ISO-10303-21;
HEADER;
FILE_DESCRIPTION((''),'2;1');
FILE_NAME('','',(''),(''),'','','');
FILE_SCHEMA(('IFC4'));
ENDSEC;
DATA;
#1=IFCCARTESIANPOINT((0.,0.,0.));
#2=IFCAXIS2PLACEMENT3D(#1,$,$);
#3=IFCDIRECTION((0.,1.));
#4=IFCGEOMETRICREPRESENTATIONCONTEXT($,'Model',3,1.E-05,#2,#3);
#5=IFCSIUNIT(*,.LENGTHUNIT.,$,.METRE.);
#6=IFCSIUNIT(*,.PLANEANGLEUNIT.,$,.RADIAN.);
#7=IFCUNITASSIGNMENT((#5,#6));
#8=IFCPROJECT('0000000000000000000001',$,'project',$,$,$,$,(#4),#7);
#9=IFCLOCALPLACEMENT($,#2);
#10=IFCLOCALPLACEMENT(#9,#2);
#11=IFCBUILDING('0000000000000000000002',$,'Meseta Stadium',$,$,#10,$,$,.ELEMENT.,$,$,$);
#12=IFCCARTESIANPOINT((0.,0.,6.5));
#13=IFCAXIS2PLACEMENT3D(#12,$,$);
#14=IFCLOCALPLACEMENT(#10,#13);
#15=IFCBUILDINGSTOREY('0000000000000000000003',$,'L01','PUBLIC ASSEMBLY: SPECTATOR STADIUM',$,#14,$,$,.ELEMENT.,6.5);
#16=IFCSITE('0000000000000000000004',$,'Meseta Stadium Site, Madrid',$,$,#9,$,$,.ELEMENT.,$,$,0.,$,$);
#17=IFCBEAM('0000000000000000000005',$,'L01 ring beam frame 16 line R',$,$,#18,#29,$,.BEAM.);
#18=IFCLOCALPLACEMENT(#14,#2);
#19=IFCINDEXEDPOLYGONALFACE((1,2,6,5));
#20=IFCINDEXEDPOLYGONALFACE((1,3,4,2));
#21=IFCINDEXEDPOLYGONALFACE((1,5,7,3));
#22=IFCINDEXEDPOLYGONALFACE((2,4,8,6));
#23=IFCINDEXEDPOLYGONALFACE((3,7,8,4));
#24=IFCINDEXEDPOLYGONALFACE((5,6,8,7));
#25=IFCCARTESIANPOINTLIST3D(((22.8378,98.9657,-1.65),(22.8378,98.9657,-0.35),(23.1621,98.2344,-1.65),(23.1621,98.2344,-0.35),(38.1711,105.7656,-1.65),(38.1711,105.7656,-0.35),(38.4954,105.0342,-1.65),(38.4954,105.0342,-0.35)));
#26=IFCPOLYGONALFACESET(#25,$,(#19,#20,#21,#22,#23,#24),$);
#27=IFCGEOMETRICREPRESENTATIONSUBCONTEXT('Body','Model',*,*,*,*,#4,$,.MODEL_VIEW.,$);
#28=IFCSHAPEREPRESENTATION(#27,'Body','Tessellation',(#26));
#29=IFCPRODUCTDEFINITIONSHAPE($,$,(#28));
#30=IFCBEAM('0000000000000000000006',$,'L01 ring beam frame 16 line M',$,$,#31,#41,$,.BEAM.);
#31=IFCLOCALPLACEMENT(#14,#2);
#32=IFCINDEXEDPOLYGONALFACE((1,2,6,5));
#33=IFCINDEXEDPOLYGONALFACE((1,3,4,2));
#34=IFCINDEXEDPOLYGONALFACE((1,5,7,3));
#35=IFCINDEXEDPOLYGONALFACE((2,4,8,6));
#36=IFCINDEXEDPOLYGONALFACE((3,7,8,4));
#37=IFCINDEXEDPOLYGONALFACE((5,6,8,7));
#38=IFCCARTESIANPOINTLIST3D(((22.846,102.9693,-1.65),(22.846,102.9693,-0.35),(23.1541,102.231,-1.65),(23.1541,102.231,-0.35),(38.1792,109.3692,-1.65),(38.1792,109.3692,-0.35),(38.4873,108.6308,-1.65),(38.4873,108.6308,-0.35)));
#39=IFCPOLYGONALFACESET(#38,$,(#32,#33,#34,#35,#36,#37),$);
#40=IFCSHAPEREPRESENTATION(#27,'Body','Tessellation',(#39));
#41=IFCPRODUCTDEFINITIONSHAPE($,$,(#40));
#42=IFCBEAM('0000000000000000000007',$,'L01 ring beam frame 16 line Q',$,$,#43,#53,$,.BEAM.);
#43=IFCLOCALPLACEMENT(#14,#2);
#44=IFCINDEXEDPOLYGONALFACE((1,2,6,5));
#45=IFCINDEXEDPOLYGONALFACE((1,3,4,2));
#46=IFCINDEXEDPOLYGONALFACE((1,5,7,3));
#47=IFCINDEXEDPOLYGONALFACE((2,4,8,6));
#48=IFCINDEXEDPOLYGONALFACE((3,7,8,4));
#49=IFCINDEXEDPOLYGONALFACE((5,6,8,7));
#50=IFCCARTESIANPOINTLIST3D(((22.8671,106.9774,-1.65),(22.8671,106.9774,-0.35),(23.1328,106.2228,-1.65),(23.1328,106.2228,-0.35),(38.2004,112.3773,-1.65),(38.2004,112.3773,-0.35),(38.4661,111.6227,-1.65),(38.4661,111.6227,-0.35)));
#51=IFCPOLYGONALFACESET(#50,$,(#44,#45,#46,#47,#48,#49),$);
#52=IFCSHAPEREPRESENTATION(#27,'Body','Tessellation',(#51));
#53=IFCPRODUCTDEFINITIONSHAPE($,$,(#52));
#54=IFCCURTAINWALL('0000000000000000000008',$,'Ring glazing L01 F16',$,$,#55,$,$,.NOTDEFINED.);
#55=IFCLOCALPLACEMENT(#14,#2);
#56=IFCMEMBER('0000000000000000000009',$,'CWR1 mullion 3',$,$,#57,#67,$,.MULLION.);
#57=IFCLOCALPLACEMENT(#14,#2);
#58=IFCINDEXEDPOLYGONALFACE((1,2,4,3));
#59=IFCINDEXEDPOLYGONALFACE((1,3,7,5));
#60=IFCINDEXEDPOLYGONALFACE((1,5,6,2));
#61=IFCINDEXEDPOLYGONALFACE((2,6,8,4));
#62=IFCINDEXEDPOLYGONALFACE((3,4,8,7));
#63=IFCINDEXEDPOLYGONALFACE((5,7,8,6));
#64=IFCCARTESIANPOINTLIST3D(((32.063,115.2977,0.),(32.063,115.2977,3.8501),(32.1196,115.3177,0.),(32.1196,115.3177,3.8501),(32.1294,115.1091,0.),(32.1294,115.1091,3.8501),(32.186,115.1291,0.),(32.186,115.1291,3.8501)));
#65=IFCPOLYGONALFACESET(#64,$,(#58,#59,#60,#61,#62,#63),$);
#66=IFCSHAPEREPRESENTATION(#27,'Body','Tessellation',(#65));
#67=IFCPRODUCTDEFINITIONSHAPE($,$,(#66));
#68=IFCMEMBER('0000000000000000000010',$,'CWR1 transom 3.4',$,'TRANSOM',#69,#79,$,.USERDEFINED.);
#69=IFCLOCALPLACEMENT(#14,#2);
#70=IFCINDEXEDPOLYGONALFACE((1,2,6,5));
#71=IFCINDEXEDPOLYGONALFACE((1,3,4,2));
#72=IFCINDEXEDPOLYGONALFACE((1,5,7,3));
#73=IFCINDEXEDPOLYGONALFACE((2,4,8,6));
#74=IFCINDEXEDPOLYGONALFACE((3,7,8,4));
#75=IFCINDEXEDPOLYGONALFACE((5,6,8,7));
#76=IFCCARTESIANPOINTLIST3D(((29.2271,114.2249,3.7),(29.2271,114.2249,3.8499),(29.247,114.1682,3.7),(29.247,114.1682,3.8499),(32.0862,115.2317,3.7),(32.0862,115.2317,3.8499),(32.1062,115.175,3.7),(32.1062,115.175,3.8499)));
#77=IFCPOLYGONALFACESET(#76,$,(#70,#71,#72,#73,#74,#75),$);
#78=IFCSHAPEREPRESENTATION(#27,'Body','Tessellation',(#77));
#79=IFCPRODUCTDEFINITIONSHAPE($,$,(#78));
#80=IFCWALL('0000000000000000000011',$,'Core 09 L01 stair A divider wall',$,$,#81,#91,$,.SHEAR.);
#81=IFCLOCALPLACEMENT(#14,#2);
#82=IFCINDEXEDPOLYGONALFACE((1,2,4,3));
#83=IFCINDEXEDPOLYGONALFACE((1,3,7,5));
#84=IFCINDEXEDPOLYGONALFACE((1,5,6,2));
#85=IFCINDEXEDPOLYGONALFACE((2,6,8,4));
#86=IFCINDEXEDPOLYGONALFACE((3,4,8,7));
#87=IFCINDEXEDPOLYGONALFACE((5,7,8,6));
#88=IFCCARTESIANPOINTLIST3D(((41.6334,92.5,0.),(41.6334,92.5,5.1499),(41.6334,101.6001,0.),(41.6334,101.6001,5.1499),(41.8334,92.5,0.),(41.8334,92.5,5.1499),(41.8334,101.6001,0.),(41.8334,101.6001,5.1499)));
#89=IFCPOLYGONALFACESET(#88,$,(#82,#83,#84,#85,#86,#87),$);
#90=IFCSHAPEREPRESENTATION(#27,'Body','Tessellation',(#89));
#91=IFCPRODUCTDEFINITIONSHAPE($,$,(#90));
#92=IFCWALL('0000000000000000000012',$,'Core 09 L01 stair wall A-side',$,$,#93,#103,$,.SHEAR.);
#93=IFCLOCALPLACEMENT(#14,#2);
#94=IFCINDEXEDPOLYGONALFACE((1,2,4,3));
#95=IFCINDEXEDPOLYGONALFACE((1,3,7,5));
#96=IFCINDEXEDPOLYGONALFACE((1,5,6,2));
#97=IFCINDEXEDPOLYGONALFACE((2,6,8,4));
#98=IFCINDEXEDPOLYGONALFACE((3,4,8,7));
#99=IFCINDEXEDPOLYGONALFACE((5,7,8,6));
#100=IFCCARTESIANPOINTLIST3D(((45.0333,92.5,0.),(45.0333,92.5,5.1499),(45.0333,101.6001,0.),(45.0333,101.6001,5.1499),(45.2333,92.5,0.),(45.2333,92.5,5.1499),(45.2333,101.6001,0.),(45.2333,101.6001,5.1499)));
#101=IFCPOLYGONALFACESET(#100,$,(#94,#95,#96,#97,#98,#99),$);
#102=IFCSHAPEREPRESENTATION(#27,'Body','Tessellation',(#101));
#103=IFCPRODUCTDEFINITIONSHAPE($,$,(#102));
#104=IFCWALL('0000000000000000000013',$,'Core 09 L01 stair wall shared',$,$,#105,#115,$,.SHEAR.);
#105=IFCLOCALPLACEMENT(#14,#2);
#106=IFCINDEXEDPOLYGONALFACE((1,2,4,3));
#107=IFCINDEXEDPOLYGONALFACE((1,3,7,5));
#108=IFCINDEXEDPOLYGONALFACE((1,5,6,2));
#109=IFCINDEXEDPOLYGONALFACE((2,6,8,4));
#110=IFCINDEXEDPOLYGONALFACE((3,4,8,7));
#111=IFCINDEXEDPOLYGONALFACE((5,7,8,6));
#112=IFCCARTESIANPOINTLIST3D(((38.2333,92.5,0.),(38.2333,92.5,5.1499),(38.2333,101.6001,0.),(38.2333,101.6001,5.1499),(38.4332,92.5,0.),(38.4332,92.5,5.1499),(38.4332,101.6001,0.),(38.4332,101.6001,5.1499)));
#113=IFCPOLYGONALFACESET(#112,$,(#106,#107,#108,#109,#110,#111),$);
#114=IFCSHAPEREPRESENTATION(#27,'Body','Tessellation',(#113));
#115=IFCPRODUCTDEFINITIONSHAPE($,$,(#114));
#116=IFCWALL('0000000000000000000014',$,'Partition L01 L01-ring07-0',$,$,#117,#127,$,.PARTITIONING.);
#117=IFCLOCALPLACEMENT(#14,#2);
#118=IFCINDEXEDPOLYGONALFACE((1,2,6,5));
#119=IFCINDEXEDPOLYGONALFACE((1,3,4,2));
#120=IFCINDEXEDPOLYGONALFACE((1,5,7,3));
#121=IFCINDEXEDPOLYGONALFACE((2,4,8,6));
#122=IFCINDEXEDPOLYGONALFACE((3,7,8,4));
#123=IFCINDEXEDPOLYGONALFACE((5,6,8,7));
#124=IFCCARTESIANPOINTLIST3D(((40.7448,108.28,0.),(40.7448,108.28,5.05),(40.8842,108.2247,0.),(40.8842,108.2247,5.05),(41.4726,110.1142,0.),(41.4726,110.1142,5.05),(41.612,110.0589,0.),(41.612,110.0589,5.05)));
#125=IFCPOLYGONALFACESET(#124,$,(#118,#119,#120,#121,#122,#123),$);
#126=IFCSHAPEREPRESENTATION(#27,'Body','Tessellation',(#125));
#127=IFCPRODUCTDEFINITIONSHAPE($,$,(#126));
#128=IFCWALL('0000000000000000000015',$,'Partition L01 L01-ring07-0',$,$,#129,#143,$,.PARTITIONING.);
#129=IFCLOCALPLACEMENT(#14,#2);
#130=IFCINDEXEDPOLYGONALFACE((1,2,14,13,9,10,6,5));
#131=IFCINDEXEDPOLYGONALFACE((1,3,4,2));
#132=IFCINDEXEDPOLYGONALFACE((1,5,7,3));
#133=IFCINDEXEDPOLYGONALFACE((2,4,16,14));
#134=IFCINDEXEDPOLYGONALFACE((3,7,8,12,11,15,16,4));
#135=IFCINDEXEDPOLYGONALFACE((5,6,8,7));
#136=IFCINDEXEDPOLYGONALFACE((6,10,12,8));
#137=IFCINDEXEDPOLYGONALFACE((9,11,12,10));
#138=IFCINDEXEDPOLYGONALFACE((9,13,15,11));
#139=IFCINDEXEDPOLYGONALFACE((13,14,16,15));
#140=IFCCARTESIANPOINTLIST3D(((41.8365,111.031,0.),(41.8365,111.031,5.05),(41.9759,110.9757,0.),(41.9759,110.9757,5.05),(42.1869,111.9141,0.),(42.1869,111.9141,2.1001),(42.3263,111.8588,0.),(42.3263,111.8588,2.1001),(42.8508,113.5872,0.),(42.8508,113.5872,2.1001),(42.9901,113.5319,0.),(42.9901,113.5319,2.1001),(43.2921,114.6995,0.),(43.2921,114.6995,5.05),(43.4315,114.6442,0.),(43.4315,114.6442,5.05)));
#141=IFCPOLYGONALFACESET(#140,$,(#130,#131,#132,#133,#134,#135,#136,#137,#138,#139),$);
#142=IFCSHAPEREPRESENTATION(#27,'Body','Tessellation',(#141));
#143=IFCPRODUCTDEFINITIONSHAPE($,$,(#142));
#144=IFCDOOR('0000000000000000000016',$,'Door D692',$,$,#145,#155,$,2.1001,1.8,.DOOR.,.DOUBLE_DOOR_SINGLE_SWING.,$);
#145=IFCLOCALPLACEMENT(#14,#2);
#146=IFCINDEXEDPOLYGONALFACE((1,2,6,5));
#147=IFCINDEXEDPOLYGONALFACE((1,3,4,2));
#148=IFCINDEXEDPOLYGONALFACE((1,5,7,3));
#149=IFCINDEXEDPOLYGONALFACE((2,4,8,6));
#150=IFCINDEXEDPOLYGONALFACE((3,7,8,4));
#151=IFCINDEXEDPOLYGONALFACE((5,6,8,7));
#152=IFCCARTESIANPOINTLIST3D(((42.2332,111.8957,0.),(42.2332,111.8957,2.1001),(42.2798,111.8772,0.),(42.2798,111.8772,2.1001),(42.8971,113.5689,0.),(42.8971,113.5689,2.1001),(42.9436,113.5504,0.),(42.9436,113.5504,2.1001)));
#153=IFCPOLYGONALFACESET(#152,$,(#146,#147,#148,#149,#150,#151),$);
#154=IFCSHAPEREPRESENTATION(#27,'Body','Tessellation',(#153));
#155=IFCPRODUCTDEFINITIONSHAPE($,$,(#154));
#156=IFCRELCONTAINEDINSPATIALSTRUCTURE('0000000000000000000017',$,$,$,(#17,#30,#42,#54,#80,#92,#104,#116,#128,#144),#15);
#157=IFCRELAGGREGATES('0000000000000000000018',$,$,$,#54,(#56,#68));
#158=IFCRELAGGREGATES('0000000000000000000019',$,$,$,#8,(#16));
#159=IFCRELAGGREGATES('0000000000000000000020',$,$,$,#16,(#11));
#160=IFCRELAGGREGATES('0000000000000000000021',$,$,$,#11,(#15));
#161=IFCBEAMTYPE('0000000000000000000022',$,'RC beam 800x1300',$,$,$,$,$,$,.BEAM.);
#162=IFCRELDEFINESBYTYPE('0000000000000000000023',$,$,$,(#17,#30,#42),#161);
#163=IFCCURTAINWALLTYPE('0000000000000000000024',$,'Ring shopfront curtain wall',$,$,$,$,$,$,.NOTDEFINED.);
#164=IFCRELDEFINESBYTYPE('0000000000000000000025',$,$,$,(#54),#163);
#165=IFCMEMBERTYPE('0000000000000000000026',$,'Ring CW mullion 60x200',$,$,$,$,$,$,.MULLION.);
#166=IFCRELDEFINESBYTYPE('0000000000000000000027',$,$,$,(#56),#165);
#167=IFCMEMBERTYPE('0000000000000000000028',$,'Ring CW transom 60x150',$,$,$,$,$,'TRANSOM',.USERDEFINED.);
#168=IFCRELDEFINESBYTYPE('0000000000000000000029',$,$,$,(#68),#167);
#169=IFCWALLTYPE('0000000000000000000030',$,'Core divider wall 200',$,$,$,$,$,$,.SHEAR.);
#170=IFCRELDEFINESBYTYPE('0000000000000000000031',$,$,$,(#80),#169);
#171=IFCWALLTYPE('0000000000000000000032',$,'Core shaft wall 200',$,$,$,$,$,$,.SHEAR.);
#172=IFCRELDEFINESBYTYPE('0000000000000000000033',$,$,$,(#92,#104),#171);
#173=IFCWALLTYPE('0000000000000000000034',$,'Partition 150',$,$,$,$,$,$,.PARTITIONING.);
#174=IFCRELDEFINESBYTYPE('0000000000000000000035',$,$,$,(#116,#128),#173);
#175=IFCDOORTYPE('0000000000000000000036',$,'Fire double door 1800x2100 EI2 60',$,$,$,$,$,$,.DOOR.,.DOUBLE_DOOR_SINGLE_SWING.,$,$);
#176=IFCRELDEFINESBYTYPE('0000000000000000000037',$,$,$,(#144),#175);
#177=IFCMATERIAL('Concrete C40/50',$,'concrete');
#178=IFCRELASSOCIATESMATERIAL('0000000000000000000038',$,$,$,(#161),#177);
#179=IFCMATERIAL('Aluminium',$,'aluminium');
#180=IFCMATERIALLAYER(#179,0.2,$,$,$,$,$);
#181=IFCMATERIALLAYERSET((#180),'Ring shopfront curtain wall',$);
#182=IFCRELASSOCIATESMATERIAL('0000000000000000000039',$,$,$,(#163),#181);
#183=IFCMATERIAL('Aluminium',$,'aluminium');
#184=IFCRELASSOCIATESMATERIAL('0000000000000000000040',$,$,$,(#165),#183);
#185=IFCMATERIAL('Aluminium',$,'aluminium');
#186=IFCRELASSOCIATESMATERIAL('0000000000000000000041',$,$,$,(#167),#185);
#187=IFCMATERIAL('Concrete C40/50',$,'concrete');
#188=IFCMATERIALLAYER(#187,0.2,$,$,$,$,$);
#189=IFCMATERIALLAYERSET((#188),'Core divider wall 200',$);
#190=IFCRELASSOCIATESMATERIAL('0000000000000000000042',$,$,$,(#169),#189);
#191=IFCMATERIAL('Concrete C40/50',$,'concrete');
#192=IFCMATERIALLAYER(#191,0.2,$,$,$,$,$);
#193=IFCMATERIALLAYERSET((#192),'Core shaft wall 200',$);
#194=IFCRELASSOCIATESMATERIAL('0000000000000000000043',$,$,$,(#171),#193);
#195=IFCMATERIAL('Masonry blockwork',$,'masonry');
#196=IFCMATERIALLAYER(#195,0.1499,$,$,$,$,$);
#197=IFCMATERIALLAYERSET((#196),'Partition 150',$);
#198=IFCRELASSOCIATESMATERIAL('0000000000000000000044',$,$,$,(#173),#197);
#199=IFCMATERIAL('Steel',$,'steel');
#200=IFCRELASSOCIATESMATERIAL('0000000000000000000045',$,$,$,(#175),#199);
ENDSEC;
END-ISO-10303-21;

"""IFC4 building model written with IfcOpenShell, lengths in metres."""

from ifc_helpers import new_model, si_unit, direction, frame, frame_2d, origin, origin_2d, place, context, subcontext, project, spatial, rectangle, extrude, material, layer, layer_set, material_profile, profile_set, type_object, element, fill, aggregate, save


model = new_model("IFC4")

# Units and contexts
model_context = context("Model", 3, precision=1e-05, world=origin(), true_north=direction((0.0, 1.0)))
body_context = subcontext(model_context, "Body", "Model", "MODEL_VIEW")
ifc_project = project(units=[si_unit("LENGTHUNIT", "METRE"), si_unit("PLANEANGLEUNIT", "RADIAN")], contexts=[model_context])

# Site, building, storey
site_placement = place(None, origin())
site = spatial("IfcSite", under=ifc_project, at=site_placement, Name="Meseta Stadium Site, Madrid", CompositionType="ELEMENT", RefElevation=0.0)
building_placement = place(site_placement, origin())
building = spatial("IfcBuilding", under=site, at=building_placement, Name="Meseta Stadium", CompositionType="ELEMENT")
storey_placement = place(building_placement, frame((0.0, 0.0, 6.5)))
storey = spatial("IfcBuildingStorey", under=building, at=storey_placement, Name="L01", Description="PUBLIC ASSEMBLY: SPECTATOR STADIUM", CompositionType="ELEMENT", Elevation=6.5)

# Beams
ifc_material_1 = material(Name="Concrete C40/50", Category="concrete")
ifc_material_profile_1 = material_profile(ifc_material_1, rectangle(XDim=0.8, YDim=1.3, at=origin_2d()), Name="RC 800x1300")
ifc_profile_set_1 = profile_set([ifc_material_profile_1], Name="Concrete C40/50")
beam_type_1 = type_object("IfcBeamType", Name="RC beam 800x1300", PredefinedType="BEAM", material=ifc_profile_set_1)
beam_1_placement = place(storey_placement, frame((38.3333, 105.3999, -1.0), z_axis=(-0.914143, -0.405393, 0.0), x_axis=(0.405393, -0.914143, 0.0)))
element("IfcBeam", 1, at=beam_1_placement, inside=storey, type_object=beam_type_1, Name="L01 ring beam frame 16 line R", PredefinedType="BEAM", context=body_context, shape_type="SweptSolid", body=[
    extrude(rectangle(XDim=0.8, YDim=1.3, at=origin_2d()), origin(), (0.0, 0.0, 1.0), 16.7734),
])
beam_2_placement = place(storey_placement, frame((38.3333, 109.0, -1.0), z_axis=(-0.922841, -0.385182, 0.0), x_axis=(0.385182, -0.922841, 0.0)))
element("IfcBeam", 2, at=beam_2_placement, inside=storey, type_object=beam_type_1, Name="L01 ring beam frame 16 line M", PredefinedType="BEAM", context=body_context, shape_type="SweptSolid", body=[
    extrude(rectangle(XDim=0.8, YDim=1.3, at=origin_2d()), origin(), (0.0, 0.0, 1.0), 16.6152),
])
beam_3_placement = place(storey_placement, frame((38.3333, 112.0, -1.0), z_axis=(-0.943219, -0.332173, 0.0), x_axis=(0.332173, -0.943219, 0.0)))
element("IfcBeam", 3, at=beam_3_placement, inside=storey, type_object=beam_type_1, Name="L01 ring beam frame 16 line Q", PredefinedType="BEAM", context=body_context, shape_type="SweptSolid", body=[
    extrude(rectangle(XDim=0.8, YDim=1.3, at=origin_2d()), origin(), (0.0, 0.0, 1.0), 16.2563),
])

# Curtain wall, members
ifc_material_2 = material(Name="Aluminium", Category="aluminium")
ifc_layer_1 = layer(ifc_material_2, 0.2)
ifc_layer_set_1 = layer_set([ifc_layer_1], Name="Ring shopfront curtain wall")
curtain_wall_type = type_object("IfcCurtainWallType", Name="Ring shopfront curtain wall", PredefinedType="NOTDEFINED", material=ifc_layer_set_1)
curtain_wall_placement = place(storey_placement, origin())
curtain_wall = element("IfcCurtainWall", 4, at=curtain_wall_placement, inside=storey, type_object=curtain_wall_type, Name="Ring glazing L01 F16", PredefinedType="NOTDEFINED")
ifc_material_3 = material(Name="Aluminium", Category="aluminium")
ifc_material_profile_2 = material_profile(ifc_material_3, rectangle(XDim=0.2, YDim=0.0601, at=origin_2d()), Name="CW 200x60")
ifc_profile_set_2 = profile_set([ifc_material_profile_2], Name="Aluminium")
member_type_1 = type_object("IfcMemberType", Name="Ring CW mullion 60x200", PredefinedType="MULLION", material=ifc_profile_set_2)
member_1_placement = place(storey_placement, frame((32.1245, 115.2134, 0.0), z_axis=(0.0, 0.0, 1.0), x_axis=(0.332174, -0.943218, 0.0)))
member_1 = element("IfcMember", 5, at=member_1_placement, type_object=member_type_1, Name="CWR1 mullion 3", PredefinedType="MULLION", context=body_context, shape_type="SweptSolid", body=[
    extrude(rectangle(XDim=0.2, YDim=0.0601, at=origin_2d()), origin(), (0.0, 0.0, 1.0), 3.8501),
])
ifc_material_4 = material(Name="Aluminium", Category="aluminium")
ifc_material_profile_3 = material_profile(ifc_material_4, rectangle(XDim=0.0601, YDim=0.1499, at=origin_2d()), Name="CW 60x150")
ifc_profile_set_3 = profile_set([ifc_material_profile_3], Name="Aluminium")
member_type_2 = type_object("IfcMemberType", Name="Ring CW transom 60x150", ElementType="TRANSOM", PredefinedType="USERDEFINED", material=ifc_profile_set_3)
member_2_placement = place(storey_placement, frame((32.0962, 115.2034, 3.7749), z_axis=(-0.943225, -0.332154, 0.0), x_axis=(0.332154, -0.943225, 0.0)))
member_2 = element("IfcMember", 6, at=member_2_placement, type_object=member_type_2, Name="CWR1 transom 3.4", ObjectType="TRANSOM", PredefinedType="USERDEFINED", context=body_context, shape_type="SweptSolid", body=[
    extrude(rectangle(XDim=0.0601, YDim=0.1499, at=origin_2d()), origin(), (0.0, 0.0, 1.0), 3.0312),
])
aggregate(curtain_wall, [member_1, member_2])

# Walls
ifc_material_5 = material(Name="Concrete C40/50", Category="concrete")
ifc_layer_2 = layer(ifc_material_5, 0.2)
ifc_layer_set_2 = layer_set([ifc_layer_2], Name="Core divider wall 200")
wall_type_1 = type_object("IfcWallType", Name="Core divider wall 200", PredefinedType="SHEAR", material=ifc_layer_set_2)
wall_1_placement = place(storey_placement, frame((41.7334, 101.6001, 0.0), z_axis=(0.0, 0.0, 1.0), x_axis=(0.0, -1.0, 0.0)))
element("IfcWall", 7, at=wall_1_placement, inside=storey, type_object=wall_type_1, Name="Core 09 L01 stair A divider wall", PredefinedType="SHEAR", context=body_context, shape_type="SweptSolid", body=[
    extrude(rectangle(XDim=9.1001, YDim=0.2, at=frame_2d((4.55, 0.0))), origin(), (0.0, 0.0, 1.0), 5.1499),
])
ifc_material_6 = material(Name="Concrete C40/50", Category="concrete")
ifc_layer_3 = layer(ifc_material_6, 0.2)
ifc_layer_set_3 = layer_set([ifc_layer_3], Name="Core shaft wall 200")
wall_type_2 = type_object("IfcWallType", Name="Core shaft wall 200", PredefinedType="SHEAR", material=ifc_layer_set_3)
for number, where, z_axis, x_axis, name in (
    (8, (45.1333, 101.6001, 0.0), (0.0, 0.0, 1.0), (0.0, -1.0, 0.0), "Core 09 L01 stair wall A-side"),
    (9, (38.3333, 101.6001, 0.0), (0.0, 0.0, 1.0), (0.0, -1.0, 0.0), "Core 09 L01 stair wall shared"),
):
    element("IfcWall", number, at=place(storey_placement, frame(where, z_axis=z_axis, x_axis=x_axis)), inside=storey, type_object=wall_type_2, Name=name, PredefinedType="SHEAR", context=body_context, shape_type="SweptSolid", body=[
        extrude(rectangle(XDim=9.1001, YDim=0.2, at=frame_2d((4.55, 0.0))), origin(), (0.0, 0.0, 1.0), 5.1499),
    ])
ifc_material_7 = material(Name="Masonry blockwork", Category="masonry")
ifc_layer_4 = layer(ifc_material_7, 0.1499)
ifc_layer_set_4 = layer_set([ifc_layer_4], Name="Partition 150")
wall_type_3 = type_object("IfcWallType", Name="Partition 150", PredefinedType="PARTITIONING", material=ifc_layer_set_4)
wall_2_placement = place(storey_placement, frame((40.8145, 108.2522, 0.0), z_axis=(0.0, 0.0, 1.0), x_axis=(0.368808, 0.929506, 0.0)))
element("IfcWall", 10, at=wall_2_placement, inside=storey, type_object=wall_type_3, Name="Partition L01 L01-ring07-0", PredefinedType="PARTITIONING", context=body_context, shape_type="SweptSolid", body=[
    extrude(rectangle(XDim=1.9734, YDim=0.1499, at=frame_2d((0.9868, 0.0))), origin(), (0.0, 0.0, 1.0), 5.05),
])

# Wall, opening, door
wall_3_placement = place(storey_placement, frame((43.3618, 114.6719, 0.0), z_axis=(0.0, 0.0, 1.0), x_axis=(-0.368808, -0.929506, 0.0)))
wall_3 = element("IfcWall", 11, at=wall_3_placement, inside=storey, type_object=wall_type_3, Name="Partition L01 L01-ring07-0", PredefinedType="PARTITIONING", context=body_context, shape_type="SweptSolid", body=[
    extrude(rectangle(XDim=3.9468, YDim=0.1499, at=frame_2d((1.9734, 0.0))), origin(), (0.0, 0.0, 1.0), 5.05),
])
opening_1_placement = place(wall_3_placement, frame((1.1968, 0.0, 0.0)))
opening_1 = element("IfcOpeningElement", 12, at=opening_1_placement, cuts=wall_3, PredefinedType="OPENING", context=body_context, shape_type="SweptSolid", body=[
    extrude(rectangle(XDim=1.8, YDim=2.1001, at=frame_2d((0.8999, 1.05))), frame((0.0, 0.085, 0.0), z_axis=(0.0, -1.0, 0.0), x_axis=(1.0, 0.0, 0.0)), (0.0, 0.0, 1.0), 0.1699),
])
ifc_material_8 = material(Name="Steel", Category="steel")
door_type_1 = type_object("IfcDoorType", Name="Fire double door 1800x2100 EI2 60", OperationType="DOUBLE_DOOR_SINGLE_SWING", PredefinedType="DOOR", material=ifc_material_8)
door_1_placement = place(opening_1_placement, origin())
door_1 = element("IfcDoor", 13, at=door_1_placement, inside=storey, type_object=door_type_1, Name="Door D692", OperationType="DOUBLE_DOOR_SINGLE_SWING", OverallHeight=2.1001, OverallWidth=1.8, PredefinedType="DOOR", context=body_context, shape_type="SweptSolid", body=[
    extrude(rectangle(XDim=1.8, YDim=2.1001, at=frame_2d((0.8999, 1.05))), frame((0.0, 0.0249, 0.0), z_axis=(0.0, -1.0, 0.0), x_axis=(1.0, 0.0, 0.0)), (0.0, 0.0, 1.0), 0.05),
])
fill(opening_1, door_1)

save(model, "model.ifc")
